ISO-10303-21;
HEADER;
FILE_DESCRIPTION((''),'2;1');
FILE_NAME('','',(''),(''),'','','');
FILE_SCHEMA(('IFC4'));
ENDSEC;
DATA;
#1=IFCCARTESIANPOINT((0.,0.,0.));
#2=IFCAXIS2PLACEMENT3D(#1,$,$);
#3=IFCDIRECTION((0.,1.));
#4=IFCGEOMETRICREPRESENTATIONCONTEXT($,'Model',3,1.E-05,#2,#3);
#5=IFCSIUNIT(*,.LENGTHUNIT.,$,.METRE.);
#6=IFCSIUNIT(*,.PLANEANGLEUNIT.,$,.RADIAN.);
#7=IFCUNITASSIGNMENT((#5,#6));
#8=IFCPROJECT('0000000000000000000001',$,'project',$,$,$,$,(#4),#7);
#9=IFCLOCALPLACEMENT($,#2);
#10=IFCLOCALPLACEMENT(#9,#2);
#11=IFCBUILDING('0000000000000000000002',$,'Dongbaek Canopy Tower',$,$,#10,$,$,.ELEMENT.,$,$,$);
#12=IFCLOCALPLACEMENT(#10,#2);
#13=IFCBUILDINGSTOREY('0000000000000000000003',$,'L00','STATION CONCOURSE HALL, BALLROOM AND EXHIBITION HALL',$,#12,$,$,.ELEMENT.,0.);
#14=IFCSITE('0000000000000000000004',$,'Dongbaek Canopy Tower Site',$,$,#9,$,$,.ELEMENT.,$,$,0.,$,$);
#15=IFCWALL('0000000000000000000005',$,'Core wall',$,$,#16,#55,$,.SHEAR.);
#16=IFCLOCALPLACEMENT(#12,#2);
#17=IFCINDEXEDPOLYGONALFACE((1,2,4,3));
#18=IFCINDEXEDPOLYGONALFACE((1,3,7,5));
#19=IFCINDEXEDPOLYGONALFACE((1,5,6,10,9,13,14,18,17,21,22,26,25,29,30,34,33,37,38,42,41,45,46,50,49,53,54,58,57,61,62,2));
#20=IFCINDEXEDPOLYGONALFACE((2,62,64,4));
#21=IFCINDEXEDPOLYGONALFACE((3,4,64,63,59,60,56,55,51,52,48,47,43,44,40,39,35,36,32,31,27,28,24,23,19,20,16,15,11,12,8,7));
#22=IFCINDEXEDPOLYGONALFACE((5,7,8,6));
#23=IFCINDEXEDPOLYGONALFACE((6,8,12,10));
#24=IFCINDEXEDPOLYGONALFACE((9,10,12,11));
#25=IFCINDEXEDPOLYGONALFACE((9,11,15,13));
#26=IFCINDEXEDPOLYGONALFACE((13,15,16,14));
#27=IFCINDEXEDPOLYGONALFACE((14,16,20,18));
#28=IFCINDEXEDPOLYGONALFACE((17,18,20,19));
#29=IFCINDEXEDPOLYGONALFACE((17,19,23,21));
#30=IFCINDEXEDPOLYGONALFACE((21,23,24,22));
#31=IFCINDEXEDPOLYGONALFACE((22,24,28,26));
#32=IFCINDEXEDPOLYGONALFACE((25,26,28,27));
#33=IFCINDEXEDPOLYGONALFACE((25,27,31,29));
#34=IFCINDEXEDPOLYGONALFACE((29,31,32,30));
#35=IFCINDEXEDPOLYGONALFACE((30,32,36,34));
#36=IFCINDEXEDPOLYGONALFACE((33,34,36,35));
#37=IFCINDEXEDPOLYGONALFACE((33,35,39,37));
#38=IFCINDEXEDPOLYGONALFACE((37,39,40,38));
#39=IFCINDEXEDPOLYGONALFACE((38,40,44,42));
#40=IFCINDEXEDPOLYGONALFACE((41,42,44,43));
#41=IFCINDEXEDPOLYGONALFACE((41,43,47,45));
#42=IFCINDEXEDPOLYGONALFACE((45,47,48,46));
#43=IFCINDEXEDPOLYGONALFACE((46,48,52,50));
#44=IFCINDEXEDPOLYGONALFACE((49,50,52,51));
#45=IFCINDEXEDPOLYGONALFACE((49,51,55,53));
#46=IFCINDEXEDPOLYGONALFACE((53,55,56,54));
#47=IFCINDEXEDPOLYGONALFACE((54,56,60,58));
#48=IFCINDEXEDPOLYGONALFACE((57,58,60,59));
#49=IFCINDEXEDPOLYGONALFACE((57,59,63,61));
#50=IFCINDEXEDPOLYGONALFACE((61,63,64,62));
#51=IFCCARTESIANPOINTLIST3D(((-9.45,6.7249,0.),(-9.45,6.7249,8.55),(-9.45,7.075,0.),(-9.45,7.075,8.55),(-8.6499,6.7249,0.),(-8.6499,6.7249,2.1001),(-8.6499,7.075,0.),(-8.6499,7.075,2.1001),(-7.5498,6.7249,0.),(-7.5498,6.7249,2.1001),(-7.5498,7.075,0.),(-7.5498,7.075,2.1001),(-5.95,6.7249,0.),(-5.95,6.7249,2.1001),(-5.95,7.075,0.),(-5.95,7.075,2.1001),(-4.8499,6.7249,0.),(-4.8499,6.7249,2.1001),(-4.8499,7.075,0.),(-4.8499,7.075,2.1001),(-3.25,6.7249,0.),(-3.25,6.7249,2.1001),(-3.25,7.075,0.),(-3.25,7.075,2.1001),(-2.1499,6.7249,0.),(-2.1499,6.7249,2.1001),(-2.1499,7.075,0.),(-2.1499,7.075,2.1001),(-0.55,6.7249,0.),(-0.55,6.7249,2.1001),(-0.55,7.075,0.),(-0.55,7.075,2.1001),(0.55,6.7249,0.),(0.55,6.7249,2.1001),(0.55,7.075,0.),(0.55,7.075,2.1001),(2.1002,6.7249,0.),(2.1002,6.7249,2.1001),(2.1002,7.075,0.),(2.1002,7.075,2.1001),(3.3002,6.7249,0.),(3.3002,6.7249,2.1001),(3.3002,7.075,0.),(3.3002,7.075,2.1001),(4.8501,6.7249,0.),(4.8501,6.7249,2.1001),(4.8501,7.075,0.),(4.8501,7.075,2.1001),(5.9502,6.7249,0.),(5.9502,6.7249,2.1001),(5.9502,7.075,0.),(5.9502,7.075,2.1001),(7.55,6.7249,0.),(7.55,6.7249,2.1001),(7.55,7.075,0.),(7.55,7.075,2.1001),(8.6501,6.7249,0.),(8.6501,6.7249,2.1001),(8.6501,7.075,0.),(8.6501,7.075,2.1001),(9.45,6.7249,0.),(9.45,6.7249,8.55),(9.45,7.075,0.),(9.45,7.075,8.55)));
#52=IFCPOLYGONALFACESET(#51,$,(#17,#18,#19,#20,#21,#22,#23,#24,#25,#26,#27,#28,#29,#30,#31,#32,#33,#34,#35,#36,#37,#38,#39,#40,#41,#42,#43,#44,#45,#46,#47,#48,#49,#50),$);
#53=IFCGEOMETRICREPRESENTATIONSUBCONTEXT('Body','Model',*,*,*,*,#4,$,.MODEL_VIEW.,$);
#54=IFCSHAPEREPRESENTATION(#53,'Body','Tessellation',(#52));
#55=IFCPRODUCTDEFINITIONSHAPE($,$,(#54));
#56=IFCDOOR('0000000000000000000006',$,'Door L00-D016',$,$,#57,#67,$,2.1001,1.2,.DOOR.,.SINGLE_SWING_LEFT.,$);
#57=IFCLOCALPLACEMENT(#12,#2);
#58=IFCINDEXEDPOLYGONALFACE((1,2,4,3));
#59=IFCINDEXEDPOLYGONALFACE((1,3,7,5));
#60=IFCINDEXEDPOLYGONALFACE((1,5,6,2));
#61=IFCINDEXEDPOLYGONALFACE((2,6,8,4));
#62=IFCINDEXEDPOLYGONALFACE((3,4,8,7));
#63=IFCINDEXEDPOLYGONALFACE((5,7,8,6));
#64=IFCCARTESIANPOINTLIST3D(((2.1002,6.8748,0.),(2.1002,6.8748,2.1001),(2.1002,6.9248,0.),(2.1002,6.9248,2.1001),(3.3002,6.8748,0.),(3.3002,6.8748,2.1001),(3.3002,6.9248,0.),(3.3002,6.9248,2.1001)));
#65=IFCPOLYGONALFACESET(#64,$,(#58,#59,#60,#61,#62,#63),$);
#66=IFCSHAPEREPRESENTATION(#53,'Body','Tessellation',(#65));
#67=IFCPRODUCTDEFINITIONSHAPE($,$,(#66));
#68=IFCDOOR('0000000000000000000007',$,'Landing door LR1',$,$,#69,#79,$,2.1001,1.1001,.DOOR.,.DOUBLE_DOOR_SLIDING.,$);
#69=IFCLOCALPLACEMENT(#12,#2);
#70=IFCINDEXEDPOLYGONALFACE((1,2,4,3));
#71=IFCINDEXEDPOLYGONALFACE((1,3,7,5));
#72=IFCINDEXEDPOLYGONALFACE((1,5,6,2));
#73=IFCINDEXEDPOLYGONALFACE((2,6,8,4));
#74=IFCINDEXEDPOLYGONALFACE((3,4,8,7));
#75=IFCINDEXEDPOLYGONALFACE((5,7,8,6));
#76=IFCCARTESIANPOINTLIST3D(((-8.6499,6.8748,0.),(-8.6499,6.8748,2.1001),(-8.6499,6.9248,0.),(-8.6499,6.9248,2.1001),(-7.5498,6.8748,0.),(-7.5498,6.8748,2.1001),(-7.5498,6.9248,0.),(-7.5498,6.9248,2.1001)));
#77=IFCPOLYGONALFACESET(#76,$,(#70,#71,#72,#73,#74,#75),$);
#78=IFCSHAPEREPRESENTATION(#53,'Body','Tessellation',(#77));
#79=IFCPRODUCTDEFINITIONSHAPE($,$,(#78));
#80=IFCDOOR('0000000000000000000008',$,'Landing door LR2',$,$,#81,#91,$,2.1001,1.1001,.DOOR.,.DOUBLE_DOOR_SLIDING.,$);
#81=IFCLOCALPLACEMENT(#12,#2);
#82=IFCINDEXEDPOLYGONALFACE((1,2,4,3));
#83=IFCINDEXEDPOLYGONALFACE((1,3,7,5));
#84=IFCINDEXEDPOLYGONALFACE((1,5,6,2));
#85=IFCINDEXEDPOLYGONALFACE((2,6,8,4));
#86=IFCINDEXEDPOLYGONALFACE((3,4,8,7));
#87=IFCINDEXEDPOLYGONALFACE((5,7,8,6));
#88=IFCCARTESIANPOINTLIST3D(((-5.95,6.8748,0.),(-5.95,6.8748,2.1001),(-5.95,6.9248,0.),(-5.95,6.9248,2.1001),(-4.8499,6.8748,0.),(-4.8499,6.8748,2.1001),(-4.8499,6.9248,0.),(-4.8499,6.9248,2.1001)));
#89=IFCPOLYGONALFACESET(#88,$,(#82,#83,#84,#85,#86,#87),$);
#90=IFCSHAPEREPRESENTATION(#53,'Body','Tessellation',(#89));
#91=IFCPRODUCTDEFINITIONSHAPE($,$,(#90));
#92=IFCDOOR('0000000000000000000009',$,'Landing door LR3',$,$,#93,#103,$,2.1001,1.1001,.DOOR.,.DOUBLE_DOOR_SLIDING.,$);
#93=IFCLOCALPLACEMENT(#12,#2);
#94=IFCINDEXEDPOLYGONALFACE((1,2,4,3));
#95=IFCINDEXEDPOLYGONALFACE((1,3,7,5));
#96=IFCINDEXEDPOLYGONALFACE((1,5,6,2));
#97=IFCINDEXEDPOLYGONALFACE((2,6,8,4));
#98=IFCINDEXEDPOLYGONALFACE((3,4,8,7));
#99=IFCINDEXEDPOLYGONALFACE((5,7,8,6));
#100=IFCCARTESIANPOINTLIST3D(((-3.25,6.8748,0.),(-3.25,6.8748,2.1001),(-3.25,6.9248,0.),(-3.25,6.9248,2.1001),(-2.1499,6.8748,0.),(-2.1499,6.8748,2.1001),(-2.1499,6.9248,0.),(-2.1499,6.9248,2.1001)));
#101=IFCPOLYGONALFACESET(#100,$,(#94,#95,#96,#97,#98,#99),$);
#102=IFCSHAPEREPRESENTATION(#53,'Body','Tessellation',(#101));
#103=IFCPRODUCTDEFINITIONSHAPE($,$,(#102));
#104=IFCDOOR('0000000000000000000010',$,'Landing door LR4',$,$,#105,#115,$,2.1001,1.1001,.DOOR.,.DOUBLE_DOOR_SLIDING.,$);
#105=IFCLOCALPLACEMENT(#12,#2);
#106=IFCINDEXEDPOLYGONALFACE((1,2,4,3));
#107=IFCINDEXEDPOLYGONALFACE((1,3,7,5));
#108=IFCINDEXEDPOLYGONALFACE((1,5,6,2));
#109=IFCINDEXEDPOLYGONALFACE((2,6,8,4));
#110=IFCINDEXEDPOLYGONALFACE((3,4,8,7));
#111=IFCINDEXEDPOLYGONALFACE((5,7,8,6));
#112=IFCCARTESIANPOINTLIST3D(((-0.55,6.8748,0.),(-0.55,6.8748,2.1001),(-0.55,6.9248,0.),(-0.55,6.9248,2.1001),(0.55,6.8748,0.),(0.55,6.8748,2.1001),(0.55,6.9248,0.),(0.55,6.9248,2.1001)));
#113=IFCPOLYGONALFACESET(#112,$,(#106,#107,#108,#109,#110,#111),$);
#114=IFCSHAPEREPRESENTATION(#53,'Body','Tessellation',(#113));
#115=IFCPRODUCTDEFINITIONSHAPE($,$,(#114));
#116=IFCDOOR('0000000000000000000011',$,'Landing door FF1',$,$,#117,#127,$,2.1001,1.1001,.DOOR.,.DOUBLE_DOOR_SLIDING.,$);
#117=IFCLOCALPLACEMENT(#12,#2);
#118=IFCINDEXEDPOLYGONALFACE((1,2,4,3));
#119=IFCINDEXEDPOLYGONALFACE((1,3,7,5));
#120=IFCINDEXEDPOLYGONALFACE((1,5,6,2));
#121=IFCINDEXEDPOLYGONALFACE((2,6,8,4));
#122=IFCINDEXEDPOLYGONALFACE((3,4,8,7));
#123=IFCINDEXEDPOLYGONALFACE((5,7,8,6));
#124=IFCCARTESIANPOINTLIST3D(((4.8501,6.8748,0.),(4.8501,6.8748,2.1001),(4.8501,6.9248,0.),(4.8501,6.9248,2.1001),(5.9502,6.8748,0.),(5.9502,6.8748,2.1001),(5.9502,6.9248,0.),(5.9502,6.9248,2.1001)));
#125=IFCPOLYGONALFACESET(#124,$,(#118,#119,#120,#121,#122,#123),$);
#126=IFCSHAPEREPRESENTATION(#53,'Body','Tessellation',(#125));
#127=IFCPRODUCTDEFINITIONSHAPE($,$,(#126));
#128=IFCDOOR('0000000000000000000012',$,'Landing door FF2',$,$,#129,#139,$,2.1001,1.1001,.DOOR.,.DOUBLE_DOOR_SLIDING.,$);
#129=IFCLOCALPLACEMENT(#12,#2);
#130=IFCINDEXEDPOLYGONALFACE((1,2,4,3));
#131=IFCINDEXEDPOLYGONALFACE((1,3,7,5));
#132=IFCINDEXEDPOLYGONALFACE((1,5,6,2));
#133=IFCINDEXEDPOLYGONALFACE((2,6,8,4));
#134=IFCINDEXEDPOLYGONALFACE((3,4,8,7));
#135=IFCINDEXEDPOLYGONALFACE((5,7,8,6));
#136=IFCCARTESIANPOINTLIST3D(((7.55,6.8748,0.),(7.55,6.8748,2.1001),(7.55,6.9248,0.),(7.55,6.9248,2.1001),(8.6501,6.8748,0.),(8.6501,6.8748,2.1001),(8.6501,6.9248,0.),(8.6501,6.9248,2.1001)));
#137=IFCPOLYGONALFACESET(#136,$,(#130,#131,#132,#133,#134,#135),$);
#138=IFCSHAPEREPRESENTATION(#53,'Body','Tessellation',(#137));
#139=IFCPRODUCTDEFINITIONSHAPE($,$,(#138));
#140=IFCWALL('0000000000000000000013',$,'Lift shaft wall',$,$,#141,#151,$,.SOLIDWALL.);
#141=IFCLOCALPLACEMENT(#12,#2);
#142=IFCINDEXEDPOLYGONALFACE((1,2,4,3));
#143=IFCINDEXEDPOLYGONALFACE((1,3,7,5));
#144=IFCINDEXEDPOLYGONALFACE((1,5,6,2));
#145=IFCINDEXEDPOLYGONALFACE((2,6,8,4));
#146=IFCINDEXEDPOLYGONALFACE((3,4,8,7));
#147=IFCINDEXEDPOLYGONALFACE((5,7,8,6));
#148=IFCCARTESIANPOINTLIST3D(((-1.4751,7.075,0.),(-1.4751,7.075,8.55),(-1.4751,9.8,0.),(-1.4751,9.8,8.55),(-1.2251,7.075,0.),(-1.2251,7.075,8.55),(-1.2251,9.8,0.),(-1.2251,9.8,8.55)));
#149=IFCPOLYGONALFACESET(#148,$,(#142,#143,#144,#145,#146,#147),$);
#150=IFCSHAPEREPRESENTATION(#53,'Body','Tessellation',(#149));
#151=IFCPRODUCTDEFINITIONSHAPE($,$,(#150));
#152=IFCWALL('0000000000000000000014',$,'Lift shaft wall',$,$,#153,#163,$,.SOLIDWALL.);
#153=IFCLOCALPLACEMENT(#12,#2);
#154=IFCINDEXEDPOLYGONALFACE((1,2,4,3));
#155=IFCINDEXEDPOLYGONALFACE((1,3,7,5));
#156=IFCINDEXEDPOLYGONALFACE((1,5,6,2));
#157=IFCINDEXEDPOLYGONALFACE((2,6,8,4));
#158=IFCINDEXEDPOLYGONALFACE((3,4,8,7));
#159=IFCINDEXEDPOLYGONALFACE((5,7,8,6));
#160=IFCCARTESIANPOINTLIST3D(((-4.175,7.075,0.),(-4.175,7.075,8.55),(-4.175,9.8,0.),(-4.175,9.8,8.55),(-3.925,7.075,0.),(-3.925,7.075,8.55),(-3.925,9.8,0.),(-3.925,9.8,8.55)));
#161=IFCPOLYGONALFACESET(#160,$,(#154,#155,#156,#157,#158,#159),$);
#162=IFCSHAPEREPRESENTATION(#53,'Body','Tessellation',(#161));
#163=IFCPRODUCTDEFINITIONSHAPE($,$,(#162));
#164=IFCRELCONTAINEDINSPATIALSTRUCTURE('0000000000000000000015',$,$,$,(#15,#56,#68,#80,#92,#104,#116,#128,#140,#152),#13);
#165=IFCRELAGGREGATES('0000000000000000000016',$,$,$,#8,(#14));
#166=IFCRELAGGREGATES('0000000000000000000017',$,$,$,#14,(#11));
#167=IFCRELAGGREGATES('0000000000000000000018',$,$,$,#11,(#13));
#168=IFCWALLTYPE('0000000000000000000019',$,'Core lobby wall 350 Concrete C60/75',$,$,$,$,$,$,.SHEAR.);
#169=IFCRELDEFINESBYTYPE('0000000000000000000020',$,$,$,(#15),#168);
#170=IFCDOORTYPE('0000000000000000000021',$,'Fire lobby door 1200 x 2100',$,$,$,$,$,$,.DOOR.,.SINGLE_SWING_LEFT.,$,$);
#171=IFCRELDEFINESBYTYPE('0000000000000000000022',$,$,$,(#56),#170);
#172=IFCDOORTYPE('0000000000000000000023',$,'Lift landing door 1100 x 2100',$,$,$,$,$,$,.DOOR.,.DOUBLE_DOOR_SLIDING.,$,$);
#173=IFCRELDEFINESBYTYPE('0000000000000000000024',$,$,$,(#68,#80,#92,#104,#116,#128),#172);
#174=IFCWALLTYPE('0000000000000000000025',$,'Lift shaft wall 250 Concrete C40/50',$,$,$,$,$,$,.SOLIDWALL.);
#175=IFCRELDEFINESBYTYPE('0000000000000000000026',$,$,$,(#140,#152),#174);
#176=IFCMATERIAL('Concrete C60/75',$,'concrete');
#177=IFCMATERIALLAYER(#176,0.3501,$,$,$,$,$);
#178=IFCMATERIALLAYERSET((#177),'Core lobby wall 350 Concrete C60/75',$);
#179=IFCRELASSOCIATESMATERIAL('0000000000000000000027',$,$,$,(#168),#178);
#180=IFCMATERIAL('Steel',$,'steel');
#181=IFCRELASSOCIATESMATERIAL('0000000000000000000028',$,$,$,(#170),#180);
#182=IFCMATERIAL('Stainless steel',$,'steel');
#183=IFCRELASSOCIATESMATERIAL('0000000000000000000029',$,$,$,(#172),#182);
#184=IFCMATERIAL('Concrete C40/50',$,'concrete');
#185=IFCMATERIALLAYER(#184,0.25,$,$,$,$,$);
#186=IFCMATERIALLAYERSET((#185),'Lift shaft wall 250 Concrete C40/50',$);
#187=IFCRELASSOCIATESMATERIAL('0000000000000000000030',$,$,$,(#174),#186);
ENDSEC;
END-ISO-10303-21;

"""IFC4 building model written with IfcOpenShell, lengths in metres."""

from ifc_helpers import new_model, si_unit, direction, frame, frame_2d, origin, place, context, subcontext, project, spatial, rectangle, extrude, material, layer, layer_set, type_object, element, fill, save


model = new_model("IFC4")

# Units and contexts
model_context = context("Model", 3, precision=1e-05, world=origin(), true_north=direction((0.0, 1.0)))
body_context = subcontext(model_context, "Body", "Model", "MODEL_VIEW")
ifc_project = project(units=[si_unit("LENGTHUNIT", "METRE"), si_unit("PLANEANGLEUNIT", "RADIAN")], contexts=[model_context])

# Site, building, storey
site_placement = place(None, origin())
site = spatial("IfcSite", under=ifc_project, at=site_placement, Name="Dongbaek Canopy Tower Site", CompositionType="ELEMENT", RefElevation=0.0)
building_placement = place(site_placement, origin())
building = spatial("IfcBuilding", under=site, at=building_placement, Name="Dongbaek Canopy Tower", CompositionType="ELEMENT")
storey_placement = place(building_placement, origin())
storey = spatial("IfcBuildingStorey", under=building, at=storey_placement, Name="L00", Description="STATION CONCOURSE HALL, BALLROOM AND EXHIBITION HALL", CompositionType="ELEMENT", Elevation=0.0)

# Wall, openings, doors
ifc_material_1 = material(Name="Concrete C60/75", Category="concrete")
ifc_layer_1 = layer(ifc_material_1, 0.3501)
ifc_layer_set_1 = layer_set([ifc_layer_1], Name="Core lobby wall 350 Concrete C60/75")
wall_type_1 = type_object("IfcWallType", Name="Core lobby wall 350 Concrete C60/75", PredefinedType="SHEAR", material=ifc_layer_set_1)
wall_placement = place(storey_placement, frame((-9.45, 6.8999, 0.0), z_axis=(0.0, 0.0, 1.0), x_axis=(1.0, 0.0, 0.0)))
wall = element("IfcWall", 1, at=wall_placement, inside=storey, type_object=wall_type_1, Name="Core wall", PredefinedType="SHEAR", context=body_context, shape_type="SweptSolid", body=[
    extrude(rectangle(XDim=18.8999, YDim=0.3501, at=frame_2d((9.45, 0.0))), origin(), (0.0, 0.0, 1.0), 8.55),
])
opening_1_placement = place(wall_placement, frame((0.8, 0.0, 0.0)))
opening_1 = element("IfcOpeningElement", 2, at=opening_1_placement, cuts=wall, PredefinedType="OPENING", context=body_context, shape_type="SweptSolid", body=[
    extrude(rectangle(XDim=1.1001, YDim=2.1001, at=frame_2d((0.55, 1.05))), frame((0.0, 0.1851, 0.0), z_axis=(0.0, -1.0, 0.0), x_axis=(1.0, 0.0, 0.0)), (0.0, 0.0, 1.0), 0.3701),
])
opening_2_placement = place(wall_placement, frame((3.5, 0.0, 0.0)))
opening_2 = element("IfcOpeningElement", 3, at=opening_2_placement, cuts=wall, PredefinedType="OPENING", context=body_context, shape_type="SweptSolid", body=[
    extrude(rectangle(XDim=1.1001, YDim=2.1001, at=frame_2d((0.55, 1.05))), frame((0.0, 0.1851, 0.0), z_axis=(0.0, -1.0, 0.0), x_axis=(1.0, 0.0, 0.0)), (0.0, 0.0, 1.0), 0.3701),
])
opening_3_placement = place(wall_placement, frame((6.2, 0.0, 0.0)))
opening_3 = element("IfcOpeningElement", 4, at=opening_3_placement, cuts=wall, PredefinedType="OPENING", context=body_context, shape_type="SweptSolid", body=[
    extrude(rectangle(XDim=1.1001, YDim=2.1001, at=frame_2d((0.55, 1.05))), frame((0.0, 0.1851, 0.0), z_axis=(0.0, -1.0, 0.0), x_axis=(1.0, 0.0, 0.0)), (0.0, 0.0, 1.0), 0.3701),
])
opening_4_placement = place(wall_placement, frame((8.8999, 0.0, 0.0)))
opening_4 = element("IfcOpeningElement", 5, at=opening_4_placement, cuts=wall, PredefinedType="OPENING", context=body_context, shape_type="SweptSolid", body=[
    extrude(rectangle(XDim=1.1001, YDim=2.1001, at=frame_2d((0.55, 1.05))), frame((0.0, 0.1851, 0.0), z_axis=(0.0, -1.0, 0.0), x_axis=(1.0, 0.0, 0.0)), (0.0, 0.0, 1.0), 0.3701),
])
opening_5_placement = place(wall_placement, frame((11.55, 0.0, 0.0)))
opening_5 = element("IfcOpeningElement", 6, at=opening_5_placement, cuts=wall, PredefinedType="OPENING", context=body_context, shape_type="SweptSolid", body=[
    extrude(rectangle(XDim=1.2, YDim=2.1001, at=frame_2d((0.6001, 1.05))), frame((0.0, 0.1851, 0.0), z_axis=(0.0, -1.0, 0.0), x_axis=(1.0, 0.0, 0.0)), (0.0, 0.0, 1.0), 0.3701),
])
opening_6_placement = place(wall_placement, frame((14.3, 0.0, 0.0)))
opening_6 = element("IfcOpeningElement", 7, at=opening_6_placement, cuts=wall, PredefinedType="OPENING", context=body_context, shape_type="SweptSolid", body=[
    extrude(rectangle(XDim=1.1001, YDim=2.1001, at=frame_2d((0.55, 1.05))), frame((0.0, 0.1851, 0.0), z_axis=(0.0, -1.0, 0.0), x_axis=(1.0, 0.0, 0.0)), (0.0, 0.0, 1.0), 0.3701),
])
opening_7_placement = place(wall_placement, frame((17.0, 0.0, 0.0)))
opening_7 = element("IfcOpeningElement", 8, at=opening_7_placement, cuts=wall, PredefinedType="OPENING", context=body_context, shape_type="SweptSolid", body=[
    extrude(rectangle(XDim=1.1001, YDim=2.1001, at=frame_2d((0.55, 1.05))), frame((0.0, 0.1851, 0.0), z_axis=(0.0, -1.0, 0.0), x_axis=(1.0, 0.0, 0.0)), (0.0, 0.0, 1.0), 0.3701),
])
ifc_material_2 = material(Name="Steel", Category="steel")
door_type_1 = type_object("IfcDoorType", Name="Fire lobby door 1200 x 2100", OperationType="SINGLE_SWING_LEFT", PredefinedType="DOOR", material=ifc_material_2)
door_1_placement = place(opening_5_placement, origin())
door_1 = element("IfcDoor", 9, at=door_1_placement, inside=storey, type_object=door_type_1, Name="Door L00-D016", OperationType="SINGLE_SWING_LEFT", OverallHeight=2.1001, OverallWidth=1.2, PredefinedType="DOOR", context=body_context, shape_type="SweptSolid", body=[
    extrude(rectangle(XDim=1.2, YDim=2.1001, at=frame_2d((0.6001, 1.05))), frame((0.0, 0.0249, 0.0), z_axis=(0.0, -1.0, 0.0), x_axis=(1.0, 0.0, 0.0)), (0.0, 0.0, 1.0), 0.05),
])
fill(opening_5, door_1)
ifc_material_3 = material(Name="Stainless steel", Category="steel")
door_type_2 = type_object("IfcDoorType", Name="Lift landing door 1100 x 2100", OperationType="DOUBLE_DOOR_SLIDING", PredefinedType="DOOR", material=ifc_material_3)
door_2_placement = place(opening_1_placement, origin())
door_2 = element("IfcDoor", 10, at=door_2_placement, inside=storey, type_object=door_type_2, Name="Landing door LR1", OperationType="DOUBLE_DOOR_SLIDING", OverallHeight=2.1001, OverallWidth=1.1001, PredefinedType="DOOR", context=body_context, shape_type="SweptSolid", body=[
    extrude(rectangle(XDim=1.1001, YDim=2.1001, at=frame_2d((0.55, 1.05))), frame((0.0, 0.0249, 0.0), z_axis=(0.0, -1.0, 0.0), x_axis=(1.0, 0.0, 0.0)), (0.0, 0.0, 1.0), 0.05),
])
fill(opening_1, door_2)
door_3_placement = place(opening_2_placement, origin())
door_3 = element("IfcDoor", 11, at=door_3_placement, inside=storey, type_object=door_type_2, Name="Landing door LR2", OperationType="DOUBLE_DOOR_SLIDING", OverallHeight=2.1001, OverallWidth=1.1001, PredefinedType="DOOR", context=body_context, shape_type="SweptSolid", body=[
    extrude(rectangle(XDim=1.1001, YDim=2.1001, at=frame_2d((0.55, 1.05))), frame((0.0, 0.0249, 0.0), z_axis=(0.0, -1.0, 0.0), x_axis=(1.0, 0.0, 0.0)), (0.0, 0.0, 1.0), 0.05),
])
fill(opening_2, door_3)
door_4_placement = place(opening_3_placement, origin())
door_4 = element("IfcDoor", 12, at=door_4_placement, inside=storey, type_object=door_type_2, Name="Landing door LR3", OperationType="DOUBLE_DOOR_SLIDING", OverallHeight=2.1001, OverallWidth=1.1001, PredefinedType="DOOR", context=body_context, shape_type="SweptSolid", body=[
    extrude(rectangle(XDim=1.1001, YDim=2.1001, at=frame_2d((0.55, 1.05))), frame((0.0, 0.0249, 0.0), z_axis=(0.0, -1.0, 0.0), x_axis=(1.0, 0.0, 0.0)), (0.0, 0.0, 1.0), 0.05),
])
fill(opening_3, door_4)
door_5_placement = place(opening_4_placement, origin())
door_5 = element("IfcDoor", 13, at=door_5_placement, inside=storey, type_object=door_type_2, Name="Landing door LR4", OperationType="DOUBLE_DOOR_SLIDING", OverallHeight=2.1001, OverallWidth=1.1001, PredefinedType="DOOR", context=body_context, shape_type="SweptSolid", body=[
    extrude(rectangle(XDim=1.1001, YDim=2.1001, at=frame_2d((0.55, 1.05))), frame((0.0, 0.0249, 0.0), z_axis=(0.0, -1.0, 0.0), x_axis=(1.0, 0.0, 0.0)), (0.0, 0.0, 1.0), 0.05),
])
fill(opening_4, door_5)
door_6_placement = place(opening_6_placement, origin())
door_6 = element("IfcDoor", 14, at=door_6_placement, inside=storey, type_object=door_type_2, Name="Landing door FF1", OperationType="DOUBLE_DOOR_SLIDING", OverallHeight=2.1001, OverallWidth=1.1001, PredefinedType="DOOR", context=body_context, shape_type="SweptSolid", body=[
    extrude(rectangle(XDim=1.1001, YDim=2.1001, at=frame_2d((0.55, 1.05))), frame((0.0, 0.0249, 0.0), z_axis=(0.0, -1.0, 0.0), x_axis=(1.0, 0.0, 0.0)), (0.0, 0.0, 1.0), 0.05),
])
fill(opening_6, door_6)
door_7_placement = place(opening_7_placement, origin())
door_7 = element("IfcDoor", 15, at=door_7_placement, inside=storey, type_object=door_type_2, Name="Landing door FF2", OperationType="DOUBLE_DOOR_SLIDING", OverallHeight=2.1001, OverallWidth=1.1001, PredefinedType="DOOR", context=body_context, shape_type="SweptSolid", body=[
    extrude(rectangle(XDim=1.1001, YDim=2.1001, at=frame_2d((0.55, 1.05))), frame((0.0, 0.0249, 0.0), z_axis=(0.0, -1.0, 0.0), x_axis=(1.0, 0.0, 0.0)), (0.0, 0.0, 1.0), 0.05),
])
fill(opening_7, door_7)

# Walls
ifc_material_4 = material(Name="Concrete C40/50", Category="concrete")
ifc_layer_2 = layer(ifc_material_4, 0.25)
ifc_layer_set_2 = layer_set([ifc_layer_2], Name="Lift shaft wall 250 Concrete C40/50")
wall_type_2 = type_object("IfcWallType", Name="Lift shaft wall 250 Concrete C40/50", PredefinedType="SOLIDWALL", material=ifc_layer_set_2)
for number, where, z_axis, x_axis, name in (
    (16, (-1.3501, 7.075, 0.0), (0.0, 0.0, 1.0), (0.0, 1.0, 0.0), "Lift shaft wall"),
    (17, (-4.05, 7.075, 0.0), (0.0, 0.0, 1.0), (0.0, 1.0, 0.0), "Lift shaft wall"),
):
    element("IfcWall", number, at=place(storey_placement, frame(where, z_axis=z_axis, x_axis=x_axis)), inside=storey, type_object=wall_type_2, Name=name, PredefinedType="SOLIDWALL", context=body_context, shape_type="SweptSolid", body=[
        extrude(rectangle(XDim=2.7251, YDim=0.25, at=frame_2d((1.3625, 0.0))), origin(), (0.0, 0.0, 1.0), 8.55),
    ])

save(model, "model.ifc")
